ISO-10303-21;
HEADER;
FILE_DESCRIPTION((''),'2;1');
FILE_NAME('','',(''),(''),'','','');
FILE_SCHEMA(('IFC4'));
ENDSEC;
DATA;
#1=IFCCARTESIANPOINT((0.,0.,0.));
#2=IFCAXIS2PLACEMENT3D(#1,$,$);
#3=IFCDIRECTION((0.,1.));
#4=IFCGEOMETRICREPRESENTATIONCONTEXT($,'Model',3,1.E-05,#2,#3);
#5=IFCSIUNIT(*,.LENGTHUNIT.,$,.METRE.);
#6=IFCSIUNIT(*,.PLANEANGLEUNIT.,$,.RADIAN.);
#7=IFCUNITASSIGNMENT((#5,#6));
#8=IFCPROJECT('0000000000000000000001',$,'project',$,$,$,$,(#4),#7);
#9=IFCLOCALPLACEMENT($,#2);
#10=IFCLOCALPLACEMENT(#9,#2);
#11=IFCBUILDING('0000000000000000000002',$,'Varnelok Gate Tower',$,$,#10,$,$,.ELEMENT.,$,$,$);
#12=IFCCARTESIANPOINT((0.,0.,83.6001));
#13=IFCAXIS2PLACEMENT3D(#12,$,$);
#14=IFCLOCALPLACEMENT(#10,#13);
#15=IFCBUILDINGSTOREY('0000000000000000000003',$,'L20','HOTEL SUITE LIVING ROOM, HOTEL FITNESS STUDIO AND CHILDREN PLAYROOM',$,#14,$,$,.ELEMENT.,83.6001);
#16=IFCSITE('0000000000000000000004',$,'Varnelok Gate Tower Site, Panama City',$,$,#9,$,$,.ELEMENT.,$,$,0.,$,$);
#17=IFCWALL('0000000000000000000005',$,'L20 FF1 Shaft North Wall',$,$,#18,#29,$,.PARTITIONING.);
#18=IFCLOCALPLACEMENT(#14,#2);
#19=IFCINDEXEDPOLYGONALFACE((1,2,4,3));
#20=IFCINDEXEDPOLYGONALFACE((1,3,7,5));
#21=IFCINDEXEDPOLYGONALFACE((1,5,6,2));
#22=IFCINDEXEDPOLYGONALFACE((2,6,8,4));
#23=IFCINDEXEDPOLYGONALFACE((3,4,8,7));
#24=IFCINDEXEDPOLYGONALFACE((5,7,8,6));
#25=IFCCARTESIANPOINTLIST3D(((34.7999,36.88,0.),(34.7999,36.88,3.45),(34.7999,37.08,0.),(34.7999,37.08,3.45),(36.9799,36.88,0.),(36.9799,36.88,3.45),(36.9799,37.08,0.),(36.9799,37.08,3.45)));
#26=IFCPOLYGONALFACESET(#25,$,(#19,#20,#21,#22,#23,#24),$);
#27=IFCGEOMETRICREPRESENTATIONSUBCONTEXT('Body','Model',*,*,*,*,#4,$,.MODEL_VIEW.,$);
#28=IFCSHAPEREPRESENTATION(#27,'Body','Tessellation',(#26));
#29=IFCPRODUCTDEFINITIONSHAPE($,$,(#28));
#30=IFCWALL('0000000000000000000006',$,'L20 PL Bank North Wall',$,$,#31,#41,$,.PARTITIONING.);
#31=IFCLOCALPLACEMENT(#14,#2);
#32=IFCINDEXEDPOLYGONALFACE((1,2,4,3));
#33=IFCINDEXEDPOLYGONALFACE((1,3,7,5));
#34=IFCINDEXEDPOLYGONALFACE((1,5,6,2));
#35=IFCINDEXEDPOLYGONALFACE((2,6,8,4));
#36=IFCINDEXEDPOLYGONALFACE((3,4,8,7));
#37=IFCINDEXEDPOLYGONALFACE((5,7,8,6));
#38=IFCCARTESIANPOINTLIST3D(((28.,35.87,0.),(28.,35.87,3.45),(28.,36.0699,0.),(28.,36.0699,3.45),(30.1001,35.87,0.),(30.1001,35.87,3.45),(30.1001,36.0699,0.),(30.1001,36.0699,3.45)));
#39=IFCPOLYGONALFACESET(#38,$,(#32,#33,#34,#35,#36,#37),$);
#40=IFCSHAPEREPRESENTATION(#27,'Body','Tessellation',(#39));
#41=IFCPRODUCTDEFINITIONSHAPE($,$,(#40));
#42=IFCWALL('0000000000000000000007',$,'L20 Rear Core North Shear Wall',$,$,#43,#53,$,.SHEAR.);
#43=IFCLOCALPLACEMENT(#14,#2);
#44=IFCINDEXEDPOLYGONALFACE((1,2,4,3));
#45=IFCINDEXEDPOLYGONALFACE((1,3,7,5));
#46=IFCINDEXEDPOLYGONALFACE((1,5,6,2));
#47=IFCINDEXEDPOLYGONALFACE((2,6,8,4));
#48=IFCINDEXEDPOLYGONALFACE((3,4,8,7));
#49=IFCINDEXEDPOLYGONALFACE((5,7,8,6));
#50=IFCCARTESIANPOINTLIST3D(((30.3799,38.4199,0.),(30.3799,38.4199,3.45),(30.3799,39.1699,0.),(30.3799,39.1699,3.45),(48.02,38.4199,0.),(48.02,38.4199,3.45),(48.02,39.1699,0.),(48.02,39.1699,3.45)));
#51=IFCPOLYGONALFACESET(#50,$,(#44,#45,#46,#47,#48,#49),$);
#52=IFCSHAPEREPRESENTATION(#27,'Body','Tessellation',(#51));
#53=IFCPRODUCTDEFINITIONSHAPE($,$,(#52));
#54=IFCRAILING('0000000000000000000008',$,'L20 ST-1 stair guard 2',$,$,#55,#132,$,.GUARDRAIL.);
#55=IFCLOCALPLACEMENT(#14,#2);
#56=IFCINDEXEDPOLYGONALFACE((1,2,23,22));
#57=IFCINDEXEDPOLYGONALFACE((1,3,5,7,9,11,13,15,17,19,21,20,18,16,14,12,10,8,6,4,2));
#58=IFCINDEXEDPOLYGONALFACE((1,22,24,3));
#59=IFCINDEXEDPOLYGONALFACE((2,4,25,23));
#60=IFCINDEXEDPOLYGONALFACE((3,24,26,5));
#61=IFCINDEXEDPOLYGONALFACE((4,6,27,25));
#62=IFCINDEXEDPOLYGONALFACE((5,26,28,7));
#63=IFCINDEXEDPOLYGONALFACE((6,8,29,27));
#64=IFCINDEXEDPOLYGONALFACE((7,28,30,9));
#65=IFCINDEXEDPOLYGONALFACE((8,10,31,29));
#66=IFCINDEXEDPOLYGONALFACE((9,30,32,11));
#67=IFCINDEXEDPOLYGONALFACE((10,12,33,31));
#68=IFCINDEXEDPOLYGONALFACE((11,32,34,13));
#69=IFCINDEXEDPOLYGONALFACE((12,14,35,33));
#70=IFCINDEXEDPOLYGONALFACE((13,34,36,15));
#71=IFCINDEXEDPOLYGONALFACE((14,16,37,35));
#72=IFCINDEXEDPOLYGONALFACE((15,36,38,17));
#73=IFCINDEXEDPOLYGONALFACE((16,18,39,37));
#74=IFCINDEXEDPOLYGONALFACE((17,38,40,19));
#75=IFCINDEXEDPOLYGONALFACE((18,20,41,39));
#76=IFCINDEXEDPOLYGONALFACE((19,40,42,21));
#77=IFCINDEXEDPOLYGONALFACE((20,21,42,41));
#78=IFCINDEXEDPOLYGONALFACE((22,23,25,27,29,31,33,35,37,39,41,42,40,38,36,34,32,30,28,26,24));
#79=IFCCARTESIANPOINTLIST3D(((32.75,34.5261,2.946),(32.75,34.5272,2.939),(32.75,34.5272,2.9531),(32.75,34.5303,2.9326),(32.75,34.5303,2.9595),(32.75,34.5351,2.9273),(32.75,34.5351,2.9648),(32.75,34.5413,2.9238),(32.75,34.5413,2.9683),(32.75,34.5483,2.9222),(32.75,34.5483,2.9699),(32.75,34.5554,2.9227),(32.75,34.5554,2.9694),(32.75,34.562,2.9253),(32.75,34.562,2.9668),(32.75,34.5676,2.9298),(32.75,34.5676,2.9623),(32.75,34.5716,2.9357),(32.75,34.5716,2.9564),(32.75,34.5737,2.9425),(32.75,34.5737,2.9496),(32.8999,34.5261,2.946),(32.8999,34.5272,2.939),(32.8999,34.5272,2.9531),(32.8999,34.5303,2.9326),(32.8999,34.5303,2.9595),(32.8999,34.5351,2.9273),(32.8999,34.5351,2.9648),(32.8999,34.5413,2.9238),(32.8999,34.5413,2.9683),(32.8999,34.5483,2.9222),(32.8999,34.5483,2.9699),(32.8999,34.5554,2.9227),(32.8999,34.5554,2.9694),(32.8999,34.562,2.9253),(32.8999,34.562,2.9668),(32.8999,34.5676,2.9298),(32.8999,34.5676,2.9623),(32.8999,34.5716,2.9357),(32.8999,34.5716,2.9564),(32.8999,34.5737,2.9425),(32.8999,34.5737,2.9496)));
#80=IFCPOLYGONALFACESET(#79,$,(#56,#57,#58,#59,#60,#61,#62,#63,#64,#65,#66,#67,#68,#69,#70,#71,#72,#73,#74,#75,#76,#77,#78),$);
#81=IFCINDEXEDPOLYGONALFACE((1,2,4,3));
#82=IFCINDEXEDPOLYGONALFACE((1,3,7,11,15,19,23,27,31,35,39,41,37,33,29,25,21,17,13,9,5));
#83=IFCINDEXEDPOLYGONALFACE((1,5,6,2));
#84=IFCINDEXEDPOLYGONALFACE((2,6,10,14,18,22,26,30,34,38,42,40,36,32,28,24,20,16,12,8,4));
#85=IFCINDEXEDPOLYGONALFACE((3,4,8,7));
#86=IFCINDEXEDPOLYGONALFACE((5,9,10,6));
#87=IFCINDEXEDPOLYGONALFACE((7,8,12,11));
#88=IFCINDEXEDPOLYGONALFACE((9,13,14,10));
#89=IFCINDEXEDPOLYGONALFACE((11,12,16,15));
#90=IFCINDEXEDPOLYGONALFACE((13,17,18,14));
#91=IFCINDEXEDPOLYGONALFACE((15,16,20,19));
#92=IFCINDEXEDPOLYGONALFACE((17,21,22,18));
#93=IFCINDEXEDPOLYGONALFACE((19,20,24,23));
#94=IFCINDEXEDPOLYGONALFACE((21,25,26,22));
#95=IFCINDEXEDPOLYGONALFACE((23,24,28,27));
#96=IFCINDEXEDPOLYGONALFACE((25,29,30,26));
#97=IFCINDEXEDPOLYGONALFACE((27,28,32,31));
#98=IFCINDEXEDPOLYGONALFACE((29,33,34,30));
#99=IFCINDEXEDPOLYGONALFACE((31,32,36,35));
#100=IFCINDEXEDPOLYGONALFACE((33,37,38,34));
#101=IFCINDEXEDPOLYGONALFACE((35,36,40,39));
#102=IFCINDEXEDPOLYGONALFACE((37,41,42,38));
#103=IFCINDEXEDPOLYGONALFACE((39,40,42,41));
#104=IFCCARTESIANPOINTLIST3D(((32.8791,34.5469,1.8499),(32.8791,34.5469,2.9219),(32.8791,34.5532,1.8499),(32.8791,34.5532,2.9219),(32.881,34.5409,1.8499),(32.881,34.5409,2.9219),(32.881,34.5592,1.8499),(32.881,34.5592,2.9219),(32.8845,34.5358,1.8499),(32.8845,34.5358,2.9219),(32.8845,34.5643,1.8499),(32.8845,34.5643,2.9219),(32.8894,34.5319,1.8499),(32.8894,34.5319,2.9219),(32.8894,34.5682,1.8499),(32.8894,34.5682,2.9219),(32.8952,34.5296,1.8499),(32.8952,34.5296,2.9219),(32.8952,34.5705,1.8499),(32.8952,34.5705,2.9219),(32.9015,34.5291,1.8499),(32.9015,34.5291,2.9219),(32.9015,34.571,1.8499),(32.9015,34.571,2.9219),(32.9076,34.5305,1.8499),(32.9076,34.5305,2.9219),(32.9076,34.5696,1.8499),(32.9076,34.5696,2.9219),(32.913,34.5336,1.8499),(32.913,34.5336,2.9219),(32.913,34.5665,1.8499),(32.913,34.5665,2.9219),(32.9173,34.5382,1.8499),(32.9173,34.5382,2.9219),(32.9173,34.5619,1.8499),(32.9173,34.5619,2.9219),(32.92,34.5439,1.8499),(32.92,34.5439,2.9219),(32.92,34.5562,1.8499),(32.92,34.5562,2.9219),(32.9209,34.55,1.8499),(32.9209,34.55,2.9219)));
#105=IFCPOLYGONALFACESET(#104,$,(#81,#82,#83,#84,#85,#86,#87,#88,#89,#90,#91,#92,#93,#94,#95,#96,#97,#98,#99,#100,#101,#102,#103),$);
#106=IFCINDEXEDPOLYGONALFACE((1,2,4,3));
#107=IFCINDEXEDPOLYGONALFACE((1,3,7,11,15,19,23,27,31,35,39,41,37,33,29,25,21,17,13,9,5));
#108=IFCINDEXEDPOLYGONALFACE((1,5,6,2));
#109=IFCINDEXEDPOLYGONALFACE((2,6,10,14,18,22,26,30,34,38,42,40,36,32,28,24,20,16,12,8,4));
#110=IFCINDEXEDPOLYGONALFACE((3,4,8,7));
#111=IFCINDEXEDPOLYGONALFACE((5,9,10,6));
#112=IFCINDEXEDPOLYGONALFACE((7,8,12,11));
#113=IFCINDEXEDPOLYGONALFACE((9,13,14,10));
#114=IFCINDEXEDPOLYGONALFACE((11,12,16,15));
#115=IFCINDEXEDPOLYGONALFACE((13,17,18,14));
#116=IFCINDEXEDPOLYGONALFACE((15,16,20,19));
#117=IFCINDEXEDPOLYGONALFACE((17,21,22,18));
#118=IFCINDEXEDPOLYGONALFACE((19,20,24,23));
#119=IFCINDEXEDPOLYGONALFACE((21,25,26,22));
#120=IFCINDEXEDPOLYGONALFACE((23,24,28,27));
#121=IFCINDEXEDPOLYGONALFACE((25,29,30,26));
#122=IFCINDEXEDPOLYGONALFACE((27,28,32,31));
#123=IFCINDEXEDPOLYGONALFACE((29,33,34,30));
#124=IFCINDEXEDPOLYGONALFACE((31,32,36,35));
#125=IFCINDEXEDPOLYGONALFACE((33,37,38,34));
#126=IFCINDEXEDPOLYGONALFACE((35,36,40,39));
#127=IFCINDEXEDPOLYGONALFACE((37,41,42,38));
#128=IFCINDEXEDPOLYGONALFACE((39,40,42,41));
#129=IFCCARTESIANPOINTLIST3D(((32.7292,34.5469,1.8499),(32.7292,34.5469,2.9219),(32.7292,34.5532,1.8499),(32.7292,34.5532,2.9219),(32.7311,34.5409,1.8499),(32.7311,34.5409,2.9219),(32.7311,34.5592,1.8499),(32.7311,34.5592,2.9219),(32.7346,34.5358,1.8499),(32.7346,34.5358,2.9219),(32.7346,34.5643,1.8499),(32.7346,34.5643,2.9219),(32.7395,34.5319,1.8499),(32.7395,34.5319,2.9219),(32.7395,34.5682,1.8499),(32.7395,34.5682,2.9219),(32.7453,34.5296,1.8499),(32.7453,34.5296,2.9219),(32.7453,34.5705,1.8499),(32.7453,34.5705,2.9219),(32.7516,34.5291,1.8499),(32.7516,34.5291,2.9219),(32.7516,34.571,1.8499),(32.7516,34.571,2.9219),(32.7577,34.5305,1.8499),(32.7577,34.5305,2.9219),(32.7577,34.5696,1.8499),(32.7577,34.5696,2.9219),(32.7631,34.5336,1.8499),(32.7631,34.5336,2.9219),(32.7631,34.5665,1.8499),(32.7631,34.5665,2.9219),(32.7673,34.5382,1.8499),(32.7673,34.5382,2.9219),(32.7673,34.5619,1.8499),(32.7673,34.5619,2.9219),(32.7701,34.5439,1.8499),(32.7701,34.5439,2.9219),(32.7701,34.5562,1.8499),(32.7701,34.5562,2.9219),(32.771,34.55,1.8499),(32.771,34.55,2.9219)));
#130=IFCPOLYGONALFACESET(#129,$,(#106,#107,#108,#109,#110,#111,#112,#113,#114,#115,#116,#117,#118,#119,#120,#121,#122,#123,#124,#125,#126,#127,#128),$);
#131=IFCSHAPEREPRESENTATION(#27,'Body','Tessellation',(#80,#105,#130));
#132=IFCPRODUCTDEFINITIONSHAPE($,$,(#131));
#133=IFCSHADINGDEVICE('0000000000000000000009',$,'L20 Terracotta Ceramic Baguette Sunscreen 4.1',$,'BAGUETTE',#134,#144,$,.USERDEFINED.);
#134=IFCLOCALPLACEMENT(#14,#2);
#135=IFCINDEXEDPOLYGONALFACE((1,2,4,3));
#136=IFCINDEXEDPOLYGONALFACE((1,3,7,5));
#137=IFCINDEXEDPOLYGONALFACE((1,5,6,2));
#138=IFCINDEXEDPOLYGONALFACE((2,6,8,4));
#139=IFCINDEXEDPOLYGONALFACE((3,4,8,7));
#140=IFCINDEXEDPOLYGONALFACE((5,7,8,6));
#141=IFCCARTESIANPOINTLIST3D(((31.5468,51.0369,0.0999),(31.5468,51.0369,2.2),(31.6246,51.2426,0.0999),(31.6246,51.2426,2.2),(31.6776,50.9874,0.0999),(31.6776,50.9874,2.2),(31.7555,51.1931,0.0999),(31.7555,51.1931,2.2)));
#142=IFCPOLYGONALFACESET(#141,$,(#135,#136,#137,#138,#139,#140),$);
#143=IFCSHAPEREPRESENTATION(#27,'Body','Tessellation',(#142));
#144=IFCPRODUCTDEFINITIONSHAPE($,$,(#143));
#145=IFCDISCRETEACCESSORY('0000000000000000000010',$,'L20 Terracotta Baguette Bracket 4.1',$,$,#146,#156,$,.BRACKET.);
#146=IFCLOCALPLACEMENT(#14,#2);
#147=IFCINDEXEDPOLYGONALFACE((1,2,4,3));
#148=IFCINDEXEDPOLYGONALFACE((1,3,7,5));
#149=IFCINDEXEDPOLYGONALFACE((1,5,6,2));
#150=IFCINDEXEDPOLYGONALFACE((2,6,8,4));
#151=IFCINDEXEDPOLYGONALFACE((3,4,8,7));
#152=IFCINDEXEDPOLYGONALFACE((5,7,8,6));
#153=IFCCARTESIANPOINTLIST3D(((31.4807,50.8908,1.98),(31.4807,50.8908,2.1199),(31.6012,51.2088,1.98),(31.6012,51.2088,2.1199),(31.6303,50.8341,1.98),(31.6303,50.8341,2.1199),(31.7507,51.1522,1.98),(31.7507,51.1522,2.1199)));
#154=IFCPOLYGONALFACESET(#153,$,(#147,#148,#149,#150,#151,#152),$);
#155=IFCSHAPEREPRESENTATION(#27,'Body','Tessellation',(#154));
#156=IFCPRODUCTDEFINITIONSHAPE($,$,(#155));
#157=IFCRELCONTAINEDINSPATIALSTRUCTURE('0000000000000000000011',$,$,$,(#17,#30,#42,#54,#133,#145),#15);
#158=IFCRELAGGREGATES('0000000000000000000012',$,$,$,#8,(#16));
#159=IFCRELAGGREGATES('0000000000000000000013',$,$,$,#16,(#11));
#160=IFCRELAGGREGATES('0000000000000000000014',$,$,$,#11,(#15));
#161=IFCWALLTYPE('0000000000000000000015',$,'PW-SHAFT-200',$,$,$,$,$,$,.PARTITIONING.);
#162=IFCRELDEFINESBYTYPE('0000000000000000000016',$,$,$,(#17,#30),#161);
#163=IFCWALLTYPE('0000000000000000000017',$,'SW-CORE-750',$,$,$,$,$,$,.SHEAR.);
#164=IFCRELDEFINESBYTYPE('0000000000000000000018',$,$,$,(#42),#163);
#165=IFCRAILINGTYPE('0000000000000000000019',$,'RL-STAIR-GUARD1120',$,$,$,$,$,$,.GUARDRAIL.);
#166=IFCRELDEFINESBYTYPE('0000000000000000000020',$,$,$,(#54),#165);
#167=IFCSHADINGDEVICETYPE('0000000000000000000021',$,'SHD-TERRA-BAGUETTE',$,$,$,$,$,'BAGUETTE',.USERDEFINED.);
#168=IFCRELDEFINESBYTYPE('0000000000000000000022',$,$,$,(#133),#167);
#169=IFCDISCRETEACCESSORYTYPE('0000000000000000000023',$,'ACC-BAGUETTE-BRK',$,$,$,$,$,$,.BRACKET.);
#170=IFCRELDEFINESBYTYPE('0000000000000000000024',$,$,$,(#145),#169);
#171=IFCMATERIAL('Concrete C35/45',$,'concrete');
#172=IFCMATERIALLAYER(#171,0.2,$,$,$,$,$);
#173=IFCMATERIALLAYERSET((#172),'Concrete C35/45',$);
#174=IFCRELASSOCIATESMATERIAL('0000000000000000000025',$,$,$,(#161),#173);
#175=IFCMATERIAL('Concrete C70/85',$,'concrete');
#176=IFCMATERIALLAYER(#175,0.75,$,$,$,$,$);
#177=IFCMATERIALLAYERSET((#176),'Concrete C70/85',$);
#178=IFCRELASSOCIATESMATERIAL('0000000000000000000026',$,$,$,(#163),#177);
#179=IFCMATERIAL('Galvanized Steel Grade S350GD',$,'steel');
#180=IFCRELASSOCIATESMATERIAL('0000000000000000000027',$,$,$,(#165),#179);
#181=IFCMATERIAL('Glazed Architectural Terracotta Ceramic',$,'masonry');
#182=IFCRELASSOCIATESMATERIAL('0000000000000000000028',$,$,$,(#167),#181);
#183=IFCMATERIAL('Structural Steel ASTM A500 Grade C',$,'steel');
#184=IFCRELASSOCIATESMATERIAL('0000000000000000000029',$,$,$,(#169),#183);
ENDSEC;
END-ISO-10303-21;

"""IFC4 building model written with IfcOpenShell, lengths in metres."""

from ifc_helpers import new_model, si_unit, direction, frame, frame_2d, origin, origin_2d, place, context, subcontext, project, spatial, rectangle, circle, extrude, source, transform, mapped, material, layer, layer_set, type_object, element, save


model = new_model("IFC4")

# Units and contexts
model_context = context("Model", 3, precision=1e-05, world=origin(), true_north=direction((0.0, 1.0)))
body_context = subcontext(model_context, "Body", "Model", "MODEL_VIEW")
ifc_project = project(units=[si_unit("LENGTHUNIT", "METRE"), si_unit("PLANEANGLEUNIT", "RADIAN")], contexts=[model_context])

# Site, building, storey
site_placement = place(None, origin())
site = spatial("IfcSite", under=ifc_project, at=site_placement, Name="Varnelok Gate Tower Site, Panama City", CompositionType="ELEMENT", RefElevation=0.0)
building_placement = place(site_placement, origin())
building = spatial("IfcBuilding", under=site, at=building_placement, Name="Varnelok Gate Tower", CompositionType="ELEMENT")
storey_placement = place(building_placement, frame((0.0, 0.0, 83.6001)))
storey = spatial("IfcBuildingStorey", under=building, at=storey_placement, Name="L20", Description="HOTEL SUITE LIVING ROOM, HOTEL FITNESS STUDIO AND CHILDREN PLAYROOM", CompositionType="ELEMENT", Elevation=83.6001)

# Shared definitions
ifc_material_1 = material(Name="Concrete C70/85", Category="concrete")

# Walls
ifc_material_2 = material(Name="Concrete C35/45", Category="concrete")
ifc_layer_1 = layer(ifc_material_2, 0.2)
ifc_layer_set_1 = layer_set([ifc_layer_1], Name="Concrete C35/45")
wall_type_1 = type_object("IfcWallType", Name="PW-SHAFT-200", PredefinedType="PARTITIONING", material=ifc_layer_set_1)
wall_1_placement = place(storey_placement, frame((34.8, 36.98, 0.0), z_axis=(0.0, 0.0, 1.0), x_axis=(1.0, 0.0, 0.0)))
element("IfcWall", 1, at=wall_1_placement, inside=storey, type_object=wall_type_1, Name="L20 FF1 Shaft North Wall", PredefinedType="PARTITIONING", context=body_context, shape_type="SweptSolid", body=[
    extrude(rectangle(XDim=2.1799, YDim=0.2, at=frame_2d((1.0898, 0.0))), origin(), (0.0, 0.0, 1.0), 3.45),
])
wall_2_placement = place(storey_placement, frame((28.0, 35.97, 0.0), z_axis=(0.0, 0.0, 1.0), x_axis=(1.0, 0.0, 0.0)))
element("IfcWall", 2, at=wall_2_placement, inside=storey, type_object=wall_type_1, Name="L20 PL Bank North Wall", PredefinedType="PARTITIONING", context=body_context, shape_type="SweptSolid", body=[
    extrude(rectangle(XDim=2.1001, YDim=0.2, at=frame_2d((1.05, 0.0))), origin(), (0.0, 0.0, 1.0), 3.45),
])
ifc_layer_2 = layer(ifc_material_1, 0.75)
ifc_layer_set_2 = layer_set([ifc_layer_2], Name="Concrete C70/85")
wall_type_2 = type_object("IfcWallType", Name="SW-CORE-750", PredefinedType="SHEAR", material=ifc_layer_set_2)
wall_3_placement = place(storey_placement, frame((30.3799, 38.7949, 0.0), z_axis=(0.0, 0.0, 1.0), x_axis=(1.0, 0.0, 0.0)))
element("IfcWall", 3, at=wall_3_placement, inside=storey, type_object=wall_type_2, Name="L20 Rear Core North Shear Wall", PredefinedType="SHEAR", context=body_context, shape_type="SweptSolid", body=[
    extrude(rectangle(XDim=17.6401, YDim=0.75, at=frame_2d((8.8201, 0.0))), origin(), (0.0, 0.0, 1.0), 3.45),
])

# Railing
ifc_material_3 = material(Name="Galvanized Steel Grade S350GD", Category="steel")
railing_type_1 = type_object("IfcRailingType", Name="RL-STAIR-GUARD1120", PredefinedType="GUARDRAIL", material=ifc_material_3)
railing_1_placement = place(storey_placement, frame((32.8999, 34.55, 1.8499)))
element("IfcRailing", 4, at=railing_1_placement, inside=storey, type_object=railing_type_1, Name="L20 ST-1 stair guard 2", PredefinedType="GUARDRAIL", context=body_context, shape_type="SweptSolid", body=[
    extrude(circle(Radius=0.0239, at=origin_2d()), frame((0.0, 0.0, 1.0962), z_axis=(-1.0, 0.0, 0.0), x_axis=(0.0, -1.0, 0.0)), (0.0, 0.0, 1.0), 0.1499),
    extrude(circle(Radius=0.021, at=origin_2d()), origin(), (0.0, 0.0, 1.0), 1.072),
    extrude(circle(Radius=0.021, at=origin_2d()), frame((-0.1499, 0.0, 0.0)), (0.0, 0.0, 1.0), 1.072),
])

# Shading device
ifc_material_4 = material(Name="Glazed Architectural Terracotta Ceramic", Category="masonry")
shading_device_type = type_object("IfcShadingDeviceType", Name="SHD-TERRA-BAGUETTE", ElementType="BAGUETTE", PredefinedType="USERDEFINED", material=ifc_material_4)
shared_shape_1 = source(origin(), body_context, "Body", "SweptSolid", [
    extrude(rectangle(XDim=0.1399, YDim=0.22, at=origin_2d()), origin(), (0.0, 0.0, 1.0), 2.1001),
])
shading_device_placement = place(storey_placement, frame((31.6511, 51.115, 0.0999), z_axis=(0.0, 0.0, 1.0), x_axis=(0.935222, -0.354063, 0.0)))
element("IfcShadingDevice", 5, at=shading_device_placement, inside=storey, type_object=shading_device_type, Name="L20 Terracotta Ceramic Baguette Sunscreen 4.1", ObjectType="BAGUETTE", PredefinedType="USERDEFINED", context=body_context, shape_type="MappedRepresentation", body=[
    mapped(shared_shape_1, transform((0.0, 0.0, 0.0), scale=1.0)),
])

# Discrete accessory
ifc_material_5 = material(Name="Structural Steel ASTM A500 Grade C", Category="steel")
discrete_accessory_type = type_object("IfcDiscreteAccessoryType", Name="ACC-BAGUETTE-BRK", PredefinedType="BRACKET", material=ifc_material_5)
shared_shape_2 = source(origin(), body_context, "Body", "SweptSolid", [
    extrude(rectangle(XDim=0.1599, YDim=0.3401, at=origin_2d()), origin(), (0.0, 0.0, 1.0), 0.1399),
])
discrete_accessory_placement = place(storey_placement, frame((31.6157, 51.0215, 1.98), z_axis=(0.0, 0.0, 1.0), x_axis=(0.935222, -0.354063, 0.0)))
element("IfcDiscreteAccessory", 6, at=discrete_accessory_placement, inside=storey, type_object=discrete_accessory_type, Name="L20 Terracotta Baguette Bracket 4.1", PredefinedType="BRACKET", context=body_context, shape_type="MappedRepresentation", body=[
    mapped(shared_shape_2, transform((0.0, 0.0, 0.0), scale=1.0)),
])

save(model, "model.ifc")
